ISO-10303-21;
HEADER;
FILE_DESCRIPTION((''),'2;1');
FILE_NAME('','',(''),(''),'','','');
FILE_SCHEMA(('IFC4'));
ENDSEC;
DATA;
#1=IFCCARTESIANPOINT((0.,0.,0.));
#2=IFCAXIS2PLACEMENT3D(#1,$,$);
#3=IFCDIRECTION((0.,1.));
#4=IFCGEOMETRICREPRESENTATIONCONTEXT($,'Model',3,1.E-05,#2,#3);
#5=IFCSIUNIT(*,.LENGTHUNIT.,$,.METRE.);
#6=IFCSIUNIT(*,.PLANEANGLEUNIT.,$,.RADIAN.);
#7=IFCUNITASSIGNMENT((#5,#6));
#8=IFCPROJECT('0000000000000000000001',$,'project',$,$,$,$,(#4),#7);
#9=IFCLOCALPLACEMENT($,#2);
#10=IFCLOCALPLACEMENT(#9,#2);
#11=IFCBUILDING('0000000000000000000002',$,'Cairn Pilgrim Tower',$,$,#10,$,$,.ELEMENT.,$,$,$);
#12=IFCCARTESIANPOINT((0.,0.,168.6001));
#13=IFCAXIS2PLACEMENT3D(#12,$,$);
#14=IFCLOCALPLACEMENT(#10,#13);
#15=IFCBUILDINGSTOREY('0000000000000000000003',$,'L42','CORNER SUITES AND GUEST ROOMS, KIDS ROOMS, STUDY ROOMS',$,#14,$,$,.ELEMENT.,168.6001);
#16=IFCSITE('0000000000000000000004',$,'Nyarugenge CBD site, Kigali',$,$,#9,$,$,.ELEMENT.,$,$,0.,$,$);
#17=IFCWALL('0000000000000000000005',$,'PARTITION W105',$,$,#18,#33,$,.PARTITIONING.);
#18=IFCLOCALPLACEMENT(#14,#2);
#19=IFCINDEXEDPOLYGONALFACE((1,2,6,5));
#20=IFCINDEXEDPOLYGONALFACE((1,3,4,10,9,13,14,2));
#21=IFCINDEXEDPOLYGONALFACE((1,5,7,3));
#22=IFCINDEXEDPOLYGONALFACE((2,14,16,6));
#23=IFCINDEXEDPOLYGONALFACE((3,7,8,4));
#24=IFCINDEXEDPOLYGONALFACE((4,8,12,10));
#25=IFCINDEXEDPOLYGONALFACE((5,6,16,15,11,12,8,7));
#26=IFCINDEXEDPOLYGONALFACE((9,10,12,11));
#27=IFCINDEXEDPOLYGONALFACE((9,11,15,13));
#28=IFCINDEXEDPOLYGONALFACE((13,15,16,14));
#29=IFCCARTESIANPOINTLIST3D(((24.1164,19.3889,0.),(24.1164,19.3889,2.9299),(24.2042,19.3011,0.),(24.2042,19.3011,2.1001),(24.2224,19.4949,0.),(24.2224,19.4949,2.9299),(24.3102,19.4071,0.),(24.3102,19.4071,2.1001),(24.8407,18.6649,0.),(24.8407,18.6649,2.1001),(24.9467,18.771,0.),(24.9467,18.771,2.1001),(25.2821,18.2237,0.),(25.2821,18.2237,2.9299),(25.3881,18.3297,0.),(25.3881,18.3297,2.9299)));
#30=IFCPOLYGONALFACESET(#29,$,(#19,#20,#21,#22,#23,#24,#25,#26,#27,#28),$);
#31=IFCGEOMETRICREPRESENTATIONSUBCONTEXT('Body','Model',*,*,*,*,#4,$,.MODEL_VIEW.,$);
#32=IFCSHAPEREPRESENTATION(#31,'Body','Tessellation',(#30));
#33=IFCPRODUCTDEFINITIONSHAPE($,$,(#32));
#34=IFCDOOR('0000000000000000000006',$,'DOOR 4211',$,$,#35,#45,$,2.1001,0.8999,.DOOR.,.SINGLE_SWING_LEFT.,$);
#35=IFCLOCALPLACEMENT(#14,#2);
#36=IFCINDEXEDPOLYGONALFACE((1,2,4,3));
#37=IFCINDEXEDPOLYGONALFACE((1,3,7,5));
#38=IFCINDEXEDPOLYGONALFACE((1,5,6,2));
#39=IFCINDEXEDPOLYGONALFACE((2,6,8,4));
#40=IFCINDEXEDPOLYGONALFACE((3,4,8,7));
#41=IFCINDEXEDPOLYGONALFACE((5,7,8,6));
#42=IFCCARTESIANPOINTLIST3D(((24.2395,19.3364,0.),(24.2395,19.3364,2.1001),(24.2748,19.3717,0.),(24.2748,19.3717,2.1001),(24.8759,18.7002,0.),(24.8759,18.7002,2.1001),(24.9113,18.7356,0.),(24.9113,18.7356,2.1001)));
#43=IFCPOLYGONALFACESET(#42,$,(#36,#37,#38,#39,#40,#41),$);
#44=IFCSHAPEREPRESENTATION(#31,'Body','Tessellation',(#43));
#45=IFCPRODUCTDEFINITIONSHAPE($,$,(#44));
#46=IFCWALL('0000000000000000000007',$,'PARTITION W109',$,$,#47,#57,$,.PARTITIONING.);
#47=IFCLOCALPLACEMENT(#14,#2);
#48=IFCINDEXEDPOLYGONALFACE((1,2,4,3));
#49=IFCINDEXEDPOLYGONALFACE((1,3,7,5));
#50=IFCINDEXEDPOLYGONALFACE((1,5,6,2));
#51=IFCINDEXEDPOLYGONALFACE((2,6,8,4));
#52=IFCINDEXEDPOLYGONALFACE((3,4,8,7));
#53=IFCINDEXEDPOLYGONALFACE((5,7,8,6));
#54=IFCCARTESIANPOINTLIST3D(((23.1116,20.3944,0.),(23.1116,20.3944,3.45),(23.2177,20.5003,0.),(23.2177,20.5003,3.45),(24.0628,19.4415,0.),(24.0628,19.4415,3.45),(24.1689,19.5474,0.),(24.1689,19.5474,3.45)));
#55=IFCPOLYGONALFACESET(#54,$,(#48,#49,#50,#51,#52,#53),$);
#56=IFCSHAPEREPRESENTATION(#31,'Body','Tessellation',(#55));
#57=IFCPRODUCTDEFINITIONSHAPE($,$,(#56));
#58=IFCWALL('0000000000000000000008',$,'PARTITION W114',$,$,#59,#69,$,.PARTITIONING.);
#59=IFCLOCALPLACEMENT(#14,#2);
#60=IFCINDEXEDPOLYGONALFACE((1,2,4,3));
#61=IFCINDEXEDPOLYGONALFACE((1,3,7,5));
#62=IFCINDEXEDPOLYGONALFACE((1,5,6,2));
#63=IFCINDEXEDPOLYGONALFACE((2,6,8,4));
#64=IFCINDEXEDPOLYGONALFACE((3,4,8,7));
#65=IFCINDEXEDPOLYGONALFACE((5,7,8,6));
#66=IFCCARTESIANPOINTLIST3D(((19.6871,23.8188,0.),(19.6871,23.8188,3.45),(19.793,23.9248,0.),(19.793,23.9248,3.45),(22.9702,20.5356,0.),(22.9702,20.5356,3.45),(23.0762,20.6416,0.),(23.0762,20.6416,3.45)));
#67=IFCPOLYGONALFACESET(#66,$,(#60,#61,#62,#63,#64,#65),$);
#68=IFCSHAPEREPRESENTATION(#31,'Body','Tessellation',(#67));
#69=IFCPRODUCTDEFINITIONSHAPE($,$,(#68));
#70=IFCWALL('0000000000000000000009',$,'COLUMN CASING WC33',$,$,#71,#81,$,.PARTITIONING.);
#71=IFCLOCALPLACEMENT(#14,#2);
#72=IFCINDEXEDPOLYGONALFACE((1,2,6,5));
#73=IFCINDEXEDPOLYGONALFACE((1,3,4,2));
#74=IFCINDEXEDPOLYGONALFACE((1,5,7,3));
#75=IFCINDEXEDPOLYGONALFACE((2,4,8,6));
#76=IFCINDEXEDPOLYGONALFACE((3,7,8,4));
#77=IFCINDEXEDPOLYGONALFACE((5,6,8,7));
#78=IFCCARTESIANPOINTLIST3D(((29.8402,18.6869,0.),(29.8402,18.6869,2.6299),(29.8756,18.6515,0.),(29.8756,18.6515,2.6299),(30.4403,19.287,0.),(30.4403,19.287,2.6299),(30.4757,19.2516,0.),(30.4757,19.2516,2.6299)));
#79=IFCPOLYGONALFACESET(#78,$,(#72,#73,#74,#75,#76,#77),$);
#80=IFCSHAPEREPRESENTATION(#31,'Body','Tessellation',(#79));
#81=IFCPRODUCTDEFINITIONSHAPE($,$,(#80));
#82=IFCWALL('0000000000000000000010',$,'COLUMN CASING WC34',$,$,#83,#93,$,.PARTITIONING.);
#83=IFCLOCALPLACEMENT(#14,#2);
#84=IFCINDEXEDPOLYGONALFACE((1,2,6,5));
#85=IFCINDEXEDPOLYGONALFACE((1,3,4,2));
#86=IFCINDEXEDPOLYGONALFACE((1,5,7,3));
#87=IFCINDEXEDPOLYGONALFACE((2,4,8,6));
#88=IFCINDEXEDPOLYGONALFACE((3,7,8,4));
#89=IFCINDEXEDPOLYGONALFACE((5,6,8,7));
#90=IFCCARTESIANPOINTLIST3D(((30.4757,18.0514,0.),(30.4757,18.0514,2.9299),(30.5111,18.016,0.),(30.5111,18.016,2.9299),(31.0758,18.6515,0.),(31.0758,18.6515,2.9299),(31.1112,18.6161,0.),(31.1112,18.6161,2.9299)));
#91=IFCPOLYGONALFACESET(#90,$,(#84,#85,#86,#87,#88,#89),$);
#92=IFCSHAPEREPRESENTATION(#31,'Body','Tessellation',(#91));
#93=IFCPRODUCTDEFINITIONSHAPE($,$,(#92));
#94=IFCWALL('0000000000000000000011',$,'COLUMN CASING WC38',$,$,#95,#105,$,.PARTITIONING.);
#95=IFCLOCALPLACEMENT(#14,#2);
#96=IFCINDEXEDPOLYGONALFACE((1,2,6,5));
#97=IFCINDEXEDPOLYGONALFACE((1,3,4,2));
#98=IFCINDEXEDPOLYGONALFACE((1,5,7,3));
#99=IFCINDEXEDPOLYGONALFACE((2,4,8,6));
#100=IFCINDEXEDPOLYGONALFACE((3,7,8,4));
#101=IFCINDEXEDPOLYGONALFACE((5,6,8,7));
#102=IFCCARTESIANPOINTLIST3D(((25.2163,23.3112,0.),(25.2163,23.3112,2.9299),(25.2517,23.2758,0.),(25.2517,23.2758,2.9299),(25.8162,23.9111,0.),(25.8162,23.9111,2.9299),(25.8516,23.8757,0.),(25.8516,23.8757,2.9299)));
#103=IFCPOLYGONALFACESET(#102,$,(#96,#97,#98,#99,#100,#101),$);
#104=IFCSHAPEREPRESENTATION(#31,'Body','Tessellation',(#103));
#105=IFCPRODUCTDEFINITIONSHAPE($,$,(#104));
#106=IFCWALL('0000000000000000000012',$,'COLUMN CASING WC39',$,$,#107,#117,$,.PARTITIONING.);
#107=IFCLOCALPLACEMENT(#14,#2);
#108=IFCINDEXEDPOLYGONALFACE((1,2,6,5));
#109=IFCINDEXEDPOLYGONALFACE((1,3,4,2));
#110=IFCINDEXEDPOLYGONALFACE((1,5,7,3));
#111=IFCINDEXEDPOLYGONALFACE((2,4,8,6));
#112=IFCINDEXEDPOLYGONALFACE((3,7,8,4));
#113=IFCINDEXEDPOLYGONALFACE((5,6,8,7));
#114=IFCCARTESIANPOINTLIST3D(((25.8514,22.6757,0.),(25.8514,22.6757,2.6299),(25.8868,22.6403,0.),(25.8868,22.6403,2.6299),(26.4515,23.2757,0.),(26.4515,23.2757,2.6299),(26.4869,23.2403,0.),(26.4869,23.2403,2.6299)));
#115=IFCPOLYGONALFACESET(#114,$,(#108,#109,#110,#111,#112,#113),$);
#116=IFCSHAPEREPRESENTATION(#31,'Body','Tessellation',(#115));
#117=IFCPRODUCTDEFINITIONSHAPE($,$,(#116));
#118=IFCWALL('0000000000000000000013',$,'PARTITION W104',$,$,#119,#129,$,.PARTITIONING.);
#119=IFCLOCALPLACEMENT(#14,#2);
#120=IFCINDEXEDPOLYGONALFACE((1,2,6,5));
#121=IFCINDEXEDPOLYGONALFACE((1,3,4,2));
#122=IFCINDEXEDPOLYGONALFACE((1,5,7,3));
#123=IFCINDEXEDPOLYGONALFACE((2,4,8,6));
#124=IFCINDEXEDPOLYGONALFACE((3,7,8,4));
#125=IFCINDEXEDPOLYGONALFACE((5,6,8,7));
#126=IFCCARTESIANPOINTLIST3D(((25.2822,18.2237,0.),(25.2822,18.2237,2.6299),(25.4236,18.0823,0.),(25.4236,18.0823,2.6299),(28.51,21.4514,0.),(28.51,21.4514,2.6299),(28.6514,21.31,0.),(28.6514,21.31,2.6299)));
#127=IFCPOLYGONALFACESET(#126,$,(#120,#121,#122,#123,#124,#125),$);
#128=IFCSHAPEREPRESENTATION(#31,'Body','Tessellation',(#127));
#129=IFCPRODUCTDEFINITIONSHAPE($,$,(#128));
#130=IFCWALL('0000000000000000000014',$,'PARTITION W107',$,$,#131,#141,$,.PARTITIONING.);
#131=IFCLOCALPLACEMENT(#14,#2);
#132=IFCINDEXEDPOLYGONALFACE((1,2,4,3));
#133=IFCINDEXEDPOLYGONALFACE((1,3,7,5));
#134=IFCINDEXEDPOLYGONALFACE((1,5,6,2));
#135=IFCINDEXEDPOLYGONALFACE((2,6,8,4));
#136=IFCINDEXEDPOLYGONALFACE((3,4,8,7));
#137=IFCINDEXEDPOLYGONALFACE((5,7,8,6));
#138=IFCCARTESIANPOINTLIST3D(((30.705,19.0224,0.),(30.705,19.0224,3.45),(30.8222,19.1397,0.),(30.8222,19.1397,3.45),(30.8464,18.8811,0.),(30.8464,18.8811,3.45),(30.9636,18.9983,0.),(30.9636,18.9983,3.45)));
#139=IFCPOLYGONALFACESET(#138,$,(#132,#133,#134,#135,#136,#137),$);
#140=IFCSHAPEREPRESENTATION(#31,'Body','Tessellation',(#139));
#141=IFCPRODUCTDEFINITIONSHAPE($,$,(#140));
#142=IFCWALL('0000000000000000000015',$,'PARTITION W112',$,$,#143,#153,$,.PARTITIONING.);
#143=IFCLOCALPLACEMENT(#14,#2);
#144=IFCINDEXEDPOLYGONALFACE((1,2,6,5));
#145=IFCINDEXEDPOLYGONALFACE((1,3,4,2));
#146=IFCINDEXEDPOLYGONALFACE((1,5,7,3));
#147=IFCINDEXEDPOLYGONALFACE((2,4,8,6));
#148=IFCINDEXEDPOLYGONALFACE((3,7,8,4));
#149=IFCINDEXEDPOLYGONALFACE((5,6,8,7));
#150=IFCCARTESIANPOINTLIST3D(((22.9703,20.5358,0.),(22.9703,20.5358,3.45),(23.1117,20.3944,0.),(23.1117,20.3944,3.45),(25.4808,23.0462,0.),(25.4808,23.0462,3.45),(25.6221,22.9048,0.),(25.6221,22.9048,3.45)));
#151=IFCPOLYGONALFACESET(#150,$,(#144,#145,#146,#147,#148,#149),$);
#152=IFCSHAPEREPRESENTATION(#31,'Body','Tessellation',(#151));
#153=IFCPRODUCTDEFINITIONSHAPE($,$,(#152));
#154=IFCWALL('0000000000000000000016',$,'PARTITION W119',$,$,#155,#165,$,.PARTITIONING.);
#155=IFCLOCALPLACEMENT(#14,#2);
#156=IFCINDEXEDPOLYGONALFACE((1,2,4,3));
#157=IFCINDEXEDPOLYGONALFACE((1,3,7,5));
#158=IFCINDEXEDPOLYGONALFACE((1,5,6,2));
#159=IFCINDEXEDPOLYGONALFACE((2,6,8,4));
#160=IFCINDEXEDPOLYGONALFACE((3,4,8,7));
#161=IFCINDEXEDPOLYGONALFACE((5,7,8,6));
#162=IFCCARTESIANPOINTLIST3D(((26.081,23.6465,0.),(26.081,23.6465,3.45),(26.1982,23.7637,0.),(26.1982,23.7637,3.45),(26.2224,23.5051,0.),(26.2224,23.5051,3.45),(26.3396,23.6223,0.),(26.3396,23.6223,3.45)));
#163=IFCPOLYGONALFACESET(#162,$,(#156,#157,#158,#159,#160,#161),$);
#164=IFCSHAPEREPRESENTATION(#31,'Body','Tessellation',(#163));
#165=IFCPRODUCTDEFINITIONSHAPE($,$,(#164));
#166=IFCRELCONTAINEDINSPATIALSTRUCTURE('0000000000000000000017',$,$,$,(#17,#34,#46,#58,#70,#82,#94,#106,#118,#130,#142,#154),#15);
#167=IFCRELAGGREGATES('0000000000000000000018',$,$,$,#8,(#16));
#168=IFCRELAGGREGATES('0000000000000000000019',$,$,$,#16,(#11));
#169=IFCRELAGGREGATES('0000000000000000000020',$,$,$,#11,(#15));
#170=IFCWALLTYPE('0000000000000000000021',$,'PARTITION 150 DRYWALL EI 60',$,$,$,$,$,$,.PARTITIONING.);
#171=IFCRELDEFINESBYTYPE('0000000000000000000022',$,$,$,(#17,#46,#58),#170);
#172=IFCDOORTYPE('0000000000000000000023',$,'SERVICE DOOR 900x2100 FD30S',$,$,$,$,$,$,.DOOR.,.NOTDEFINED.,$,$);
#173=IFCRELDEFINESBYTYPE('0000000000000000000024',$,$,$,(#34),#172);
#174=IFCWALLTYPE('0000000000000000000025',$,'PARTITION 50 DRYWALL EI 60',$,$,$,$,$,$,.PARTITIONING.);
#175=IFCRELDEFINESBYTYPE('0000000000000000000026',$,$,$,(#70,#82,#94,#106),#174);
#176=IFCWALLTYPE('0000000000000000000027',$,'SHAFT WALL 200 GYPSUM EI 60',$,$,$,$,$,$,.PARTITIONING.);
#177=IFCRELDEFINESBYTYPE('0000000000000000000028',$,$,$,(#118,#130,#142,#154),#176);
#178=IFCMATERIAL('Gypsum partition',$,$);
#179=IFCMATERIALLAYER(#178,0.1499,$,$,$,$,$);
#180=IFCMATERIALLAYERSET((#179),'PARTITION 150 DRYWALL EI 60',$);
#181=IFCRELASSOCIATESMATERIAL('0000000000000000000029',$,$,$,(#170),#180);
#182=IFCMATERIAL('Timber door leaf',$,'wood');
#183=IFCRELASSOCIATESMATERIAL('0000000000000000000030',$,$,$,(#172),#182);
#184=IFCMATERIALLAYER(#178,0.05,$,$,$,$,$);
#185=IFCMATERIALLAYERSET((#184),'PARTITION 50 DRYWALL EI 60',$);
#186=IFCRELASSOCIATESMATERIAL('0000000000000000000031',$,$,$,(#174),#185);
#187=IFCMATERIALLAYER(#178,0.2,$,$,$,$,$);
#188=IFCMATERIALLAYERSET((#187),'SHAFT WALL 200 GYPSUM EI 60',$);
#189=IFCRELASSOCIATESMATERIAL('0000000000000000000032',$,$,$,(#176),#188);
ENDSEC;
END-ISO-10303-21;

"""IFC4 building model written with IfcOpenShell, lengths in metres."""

from ifc_helpers import new_model, si_unit, direction, frame, frame_2d, origin, place, context, subcontext, project, spatial, rectangle, extrude, material, layer, layer_set, type_object, element, fill, save


model = new_model("IFC4")

# Units and contexts
model_context = context("Model", 3, precision=1e-05, world=origin(), true_north=direction((0.0, 1.0)))
body_context = subcontext(model_context, "Body", "Model", "MODEL_VIEW")
ifc_project = project(units=[si_unit("LENGTHUNIT", "METRE"), si_unit("PLANEANGLEUNIT", "RADIAN")], contexts=[model_context])

# Site, building, storey
site_placement = place(None, origin())
site = spatial("IfcSite", under=ifc_project, at=site_placement, Name="Nyarugenge CBD site, Kigali", CompositionType="ELEMENT", RefElevation=0.0)
building_placement = place(site_placement, origin())
building = spatial("IfcBuilding", under=site, at=building_placement, Name="Cairn Pilgrim Tower", CompositionType="ELEMENT")
storey_placement = place(building_placement, frame((0.0, 0.0, 168.6001)))
storey = spatial("IfcBuildingStorey", under=building, at=storey_placement, Name="L42", Description="CORNER SUITES AND GUEST ROOMS, KIDS ROOMS, STUDY ROOMS", CompositionType="ELEMENT", Elevation=168.6001)

# Shared definitions
ifc_material_1 = material(Name="Gypsum partition")
ifc_layer_1 = layer(ifc_material_1, 0.1499)
ifc_layer_set_1 = layer_set([ifc_layer_1], Name="PARTITION 150 DRYWALL EI 60")
wall_type_1 = type_object("IfcWallType", Name="PARTITION 150 DRYWALL EI 60", PredefinedType="PARTITIONING", material=ifc_layer_set_1)

# Wall, opening, door
ifc_material_2 = material(Name="Timber door leaf", Category="wood")
door_type_1 = type_object("IfcDoorType", Name="SERVICE DOOR 900x2100 FD30S", OperationType="NOTDEFINED", PredefinedType="DOOR", material=ifc_material_2)
wall_1_placement = place(storey_placement, frame((25.3352, 18.2766, 0.0), z_axis=(0.0, 0.0, 1.0), x_axis=(-0.707255, 0.706959, 0.0)))
wall_1 = element("IfcWall", 1, at=wall_1_placement, inside=storey, type_object=wall_type_1, Name="PARTITION W105", PredefinedType="PARTITIONING", context=body_context, shape_type="SweptSolid", body=[
    extrude(rectangle(XDim=1.6482, YDim=0.1499, at=frame_2d((0.8242, 0.0))), origin(), (0.0, 0.0, 1.0), 2.9299),
])
opening_1_placement = place(wall_1_placement, frame((0.6243, 0.0, 0.0)))
opening_1 = element("IfcOpeningElement", 2, at=opening_1_placement, cuts=wall_1, PredefinedType="OPENING", context=body_context, shape_type="SweptSolid", body=[
    extrude(rectangle(XDim=0.8999, YDim=2.1001, at=frame_2d((0.45, 1.05))), frame((0.0, 0.085, 0.0), z_axis=(0.0, -1.0, 0.0), x_axis=(1.0, 0.0, 0.0)), (0.0, 0.0, 1.0), 0.1699),
])
door_1_placement = place(opening_1_placement, frame((0.8999, 0.0, 0.0), z_axis=(0.0, 0.0, 1.0), x_axis=(-1.0, 0.0, 0.0)))
door_1 = element("IfcDoor", 3, at=door_1_placement, inside=storey, type_object=door_type_1, Name="DOOR 4211", OperationType="SINGLE_SWING_LEFT", OverallHeight=2.1001, OverallWidth=0.8999, PredefinedType="DOOR", context=body_context, shape_type="SweptSolid", body=[
    extrude(rectangle(XDim=0.8999, YDim=2.1001, at=frame_2d((0.45, 1.05))), frame((0.0, 0.0249, 0.0), z_axis=(0.0, -1.0, 0.0), x_axis=(1.0, 0.0, 0.0)), (0.0, 0.0, 1.0), 0.05),
])
fill(opening_1, door_1)

# Walls
wall_2_placement = place(storey_placement, frame((24.116, 19.4944, 0.0), z_axis=(0.0, 0.0, 1.0), x_axis=(-0.706472, 0.707741, 0.0)))
element("IfcWall", 4, at=wall_2_placement, inside=storey, type_object=wall_type_1, Name="PARTITION W109", PredefinedType="PARTITIONING", context=body_context, shape_type="SweptSolid", body=[
    extrude(rectangle(XDim=1.3464, YDim=0.1499, at=frame_2d((0.6733, 0.0))), origin(), (0.0, 0.0, 1.0), 3.45),
])
wall_3_placement = place(storey_placement, frame((23.0232, 20.5886, 0.0), z_axis=(0.0, 0.0, 1.0), x_axis=(-0.707107, 0.707107, 0.0)))
element("IfcWall", 5, at=wall_3_placement, inside=storey, type_object=wall_type_1, Name="PARTITION W114", PredefinedType="PARTITIONING", context=body_context, shape_type="SweptSolid", body=[
    extrude(rectangle(XDim=4.6431, YDim=0.1499, at=frame_2d((2.3215, 0.0))), origin(), (0.0, 0.0, 1.0), 3.45),
])
ifc_layer_2 = layer(ifc_material_1, 0.05)
ifc_layer_set_2 = layer_set([ifc_layer_2], Name="PARTITION 50 DRYWALL EI 60")
wall_type_2 = type_object("IfcWallType", Name="PARTITION 50 DRYWALL EI 60", PredefinedType="PARTITIONING", material=ifc_layer_set_2)
wall_4_placement = place(storey_placement, frame((29.8579, 18.6692, 0.0), z_axis=(0.0, 0.0, 1.0), x_axis=(0.707107, 0.707107, 0.0)))
element("IfcWall", 6, at=wall_4_placement, inside=storey, type_object=wall_type_2, Name="COLUMN CASING WC33", PredefinedType="PARTITIONING", context=body_context, shape_type="SweptSolid", body=[
    extrude(rectangle(XDim=0.8486, YDim=0.05, at=frame_2d((0.4243, 0.0))), origin(), (0.0, 0.0, 1.0), 2.6299),
])
wall_5_placement = place(storey_placement, frame((30.4934, 18.0337, 0.0), z_axis=(0.0, 0.0, 1.0), x_axis=(0.707107, 0.707107, 0.0)))
element("IfcWall", 7, at=wall_5_placement, inside=storey, type_object=wall_type_2, Name="COLUMN CASING WC34", PredefinedType="PARTITIONING", context=body_context, shape_type="SweptSolid", body=[
    extrude(rectangle(XDim=0.8486, YDim=0.05, at=frame_2d((0.4243, 0.0))), origin(), (0.0, 0.0, 1.0), 2.9299),
])
wall_6_placement = place(storey_placement, frame((25.2339, 23.2935, 0.0), z_axis=(0.0, 0.0, 1.0), x_axis=(0.707107, 0.707107, 0.0)))
element("IfcWall", 8, at=wall_6_placement, inside=storey, type_object=wall_type_2, Name="COLUMN CASING WC38", PredefinedType="PARTITIONING", context=body_context, shape_type="SweptSolid", body=[
    extrude(rectangle(XDim=0.8484, YDim=0.05, at=frame_2d((0.4243, 0.0))), origin(), (0.0, 0.0, 1.0), 2.9299),
])
wall_7_placement = place(storey_placement, frame((25.8691, 22.658, 0.0), z_axis=(0.0, 0.0, 1.0), x_axis=(0.707107, 0.707107, 0.0)))
element("IfcWall", 9, at=wall_7_placement, inside=storey, type_object=wall_type_2, Name="COLUMN CASING WC39", PredefinedType="PARTITIONING", context=body_context, shape_type="SweptSolid", body=[
    extrude(rectangle(XDim=0.8486, YDim=0.05, at=frame_2d((0.4243, 0.0))), origin(), (0.0, 0.0, 1.0), 2.6299),
])
ifc_layer_3 = layer(ifc_material_1, 0.2)
ifc_layer_set_3 = layer_set([ifc_layer_3], Name="SHAFT WALL 200 GYPSUM EI 60")
wall_type_3 = type_object("IfcWallType", Name="SHAFT WALL 200 GYPSUM EI 60", PredefinedType="PARTITIONING", material=ifc_layer_set_3)
wall_8_placement = place(storey_placement, frame((25.353, 18.1531, 0.0), z_axis=(0.0, 0.0, 1.0), x_axis=(0.707107, 0.707107, 0.0)))
element("IfcWall", 10, at=wall_8_placement, inside=storey, type_object=wall_type_3, Name="PARTITION W104", PredefinedType="PARTITIONING", context=body_context, shape_type="SweptSolid", body=[
    extrude(rectangle(XDim=4.5647, YDim=0.2, at=frame_2d((2.2822, 0.0))), origin(), (0.0, 0.0, 1.0), 2.6299),
])
wall_9_placement = place(storey_placement, frame((30.7756, 18.9517, 0.0), z_axis=(0.0, 0.0, 1.0), x_axis=(0.707107, 0.707107, 0.0)))
element("IfcWall", 11, at=wall_9_placement, inside=storey, type_object=wall_type_3, Name="PARTITION W107", PredefinedType="PARTITIONING", context=body_context, shape_type="SweptSolid", body=[
    extrude(rectangle(XDim=0.1658, YDim=0.2, at=frame_2d((0.083, 0.0))), origin(), (0.0, 0.0, 1.0), 3.45),
])
wall_10_placement = place(storey_placement, frame((23.041, 20.4651, 0.0), z_axis=(0.0, 0.0, 1.0), x_axis=(0.707107, 0.707107, 0.0)))
element("IfcWall", 12, at=wall_10_placement, inside=storey, type_object=wall_type_3, Name="PARTITION W112", PredefinedType="PARTITIONING", context=body_context, shape_type="SweptSolid", body=[
    extrude(rectangle(XDim=3.5503, YDim=0.2, at=frame_2d((1.7751, 0.0))), origin(), (0.0, 0.0, 1.0), 3.45),
])
wall_11_placement = place(storey_placement, frame((26.1516, 23.5757, 0.0), z_axis=(0.0, 0.0, 1.0), x_axis=(0.707107, 0.707107, 0.0)))
element("IfcWall", 13, at=wall_11_placement, inside=storey, type_object=wall_type_3, Name="PARTITION W119", PredefinedType="PARTITIONING", context=body_context, shape_type="SweptSolid", body=[
    extrude(rectangle(XDim=0.1658, YDim=0.2, at=frame_2d((0.083, 0.0))), origin(), (0.0, 0.0, 1.0), 3.45),
])

save(model, "model.ifc")
